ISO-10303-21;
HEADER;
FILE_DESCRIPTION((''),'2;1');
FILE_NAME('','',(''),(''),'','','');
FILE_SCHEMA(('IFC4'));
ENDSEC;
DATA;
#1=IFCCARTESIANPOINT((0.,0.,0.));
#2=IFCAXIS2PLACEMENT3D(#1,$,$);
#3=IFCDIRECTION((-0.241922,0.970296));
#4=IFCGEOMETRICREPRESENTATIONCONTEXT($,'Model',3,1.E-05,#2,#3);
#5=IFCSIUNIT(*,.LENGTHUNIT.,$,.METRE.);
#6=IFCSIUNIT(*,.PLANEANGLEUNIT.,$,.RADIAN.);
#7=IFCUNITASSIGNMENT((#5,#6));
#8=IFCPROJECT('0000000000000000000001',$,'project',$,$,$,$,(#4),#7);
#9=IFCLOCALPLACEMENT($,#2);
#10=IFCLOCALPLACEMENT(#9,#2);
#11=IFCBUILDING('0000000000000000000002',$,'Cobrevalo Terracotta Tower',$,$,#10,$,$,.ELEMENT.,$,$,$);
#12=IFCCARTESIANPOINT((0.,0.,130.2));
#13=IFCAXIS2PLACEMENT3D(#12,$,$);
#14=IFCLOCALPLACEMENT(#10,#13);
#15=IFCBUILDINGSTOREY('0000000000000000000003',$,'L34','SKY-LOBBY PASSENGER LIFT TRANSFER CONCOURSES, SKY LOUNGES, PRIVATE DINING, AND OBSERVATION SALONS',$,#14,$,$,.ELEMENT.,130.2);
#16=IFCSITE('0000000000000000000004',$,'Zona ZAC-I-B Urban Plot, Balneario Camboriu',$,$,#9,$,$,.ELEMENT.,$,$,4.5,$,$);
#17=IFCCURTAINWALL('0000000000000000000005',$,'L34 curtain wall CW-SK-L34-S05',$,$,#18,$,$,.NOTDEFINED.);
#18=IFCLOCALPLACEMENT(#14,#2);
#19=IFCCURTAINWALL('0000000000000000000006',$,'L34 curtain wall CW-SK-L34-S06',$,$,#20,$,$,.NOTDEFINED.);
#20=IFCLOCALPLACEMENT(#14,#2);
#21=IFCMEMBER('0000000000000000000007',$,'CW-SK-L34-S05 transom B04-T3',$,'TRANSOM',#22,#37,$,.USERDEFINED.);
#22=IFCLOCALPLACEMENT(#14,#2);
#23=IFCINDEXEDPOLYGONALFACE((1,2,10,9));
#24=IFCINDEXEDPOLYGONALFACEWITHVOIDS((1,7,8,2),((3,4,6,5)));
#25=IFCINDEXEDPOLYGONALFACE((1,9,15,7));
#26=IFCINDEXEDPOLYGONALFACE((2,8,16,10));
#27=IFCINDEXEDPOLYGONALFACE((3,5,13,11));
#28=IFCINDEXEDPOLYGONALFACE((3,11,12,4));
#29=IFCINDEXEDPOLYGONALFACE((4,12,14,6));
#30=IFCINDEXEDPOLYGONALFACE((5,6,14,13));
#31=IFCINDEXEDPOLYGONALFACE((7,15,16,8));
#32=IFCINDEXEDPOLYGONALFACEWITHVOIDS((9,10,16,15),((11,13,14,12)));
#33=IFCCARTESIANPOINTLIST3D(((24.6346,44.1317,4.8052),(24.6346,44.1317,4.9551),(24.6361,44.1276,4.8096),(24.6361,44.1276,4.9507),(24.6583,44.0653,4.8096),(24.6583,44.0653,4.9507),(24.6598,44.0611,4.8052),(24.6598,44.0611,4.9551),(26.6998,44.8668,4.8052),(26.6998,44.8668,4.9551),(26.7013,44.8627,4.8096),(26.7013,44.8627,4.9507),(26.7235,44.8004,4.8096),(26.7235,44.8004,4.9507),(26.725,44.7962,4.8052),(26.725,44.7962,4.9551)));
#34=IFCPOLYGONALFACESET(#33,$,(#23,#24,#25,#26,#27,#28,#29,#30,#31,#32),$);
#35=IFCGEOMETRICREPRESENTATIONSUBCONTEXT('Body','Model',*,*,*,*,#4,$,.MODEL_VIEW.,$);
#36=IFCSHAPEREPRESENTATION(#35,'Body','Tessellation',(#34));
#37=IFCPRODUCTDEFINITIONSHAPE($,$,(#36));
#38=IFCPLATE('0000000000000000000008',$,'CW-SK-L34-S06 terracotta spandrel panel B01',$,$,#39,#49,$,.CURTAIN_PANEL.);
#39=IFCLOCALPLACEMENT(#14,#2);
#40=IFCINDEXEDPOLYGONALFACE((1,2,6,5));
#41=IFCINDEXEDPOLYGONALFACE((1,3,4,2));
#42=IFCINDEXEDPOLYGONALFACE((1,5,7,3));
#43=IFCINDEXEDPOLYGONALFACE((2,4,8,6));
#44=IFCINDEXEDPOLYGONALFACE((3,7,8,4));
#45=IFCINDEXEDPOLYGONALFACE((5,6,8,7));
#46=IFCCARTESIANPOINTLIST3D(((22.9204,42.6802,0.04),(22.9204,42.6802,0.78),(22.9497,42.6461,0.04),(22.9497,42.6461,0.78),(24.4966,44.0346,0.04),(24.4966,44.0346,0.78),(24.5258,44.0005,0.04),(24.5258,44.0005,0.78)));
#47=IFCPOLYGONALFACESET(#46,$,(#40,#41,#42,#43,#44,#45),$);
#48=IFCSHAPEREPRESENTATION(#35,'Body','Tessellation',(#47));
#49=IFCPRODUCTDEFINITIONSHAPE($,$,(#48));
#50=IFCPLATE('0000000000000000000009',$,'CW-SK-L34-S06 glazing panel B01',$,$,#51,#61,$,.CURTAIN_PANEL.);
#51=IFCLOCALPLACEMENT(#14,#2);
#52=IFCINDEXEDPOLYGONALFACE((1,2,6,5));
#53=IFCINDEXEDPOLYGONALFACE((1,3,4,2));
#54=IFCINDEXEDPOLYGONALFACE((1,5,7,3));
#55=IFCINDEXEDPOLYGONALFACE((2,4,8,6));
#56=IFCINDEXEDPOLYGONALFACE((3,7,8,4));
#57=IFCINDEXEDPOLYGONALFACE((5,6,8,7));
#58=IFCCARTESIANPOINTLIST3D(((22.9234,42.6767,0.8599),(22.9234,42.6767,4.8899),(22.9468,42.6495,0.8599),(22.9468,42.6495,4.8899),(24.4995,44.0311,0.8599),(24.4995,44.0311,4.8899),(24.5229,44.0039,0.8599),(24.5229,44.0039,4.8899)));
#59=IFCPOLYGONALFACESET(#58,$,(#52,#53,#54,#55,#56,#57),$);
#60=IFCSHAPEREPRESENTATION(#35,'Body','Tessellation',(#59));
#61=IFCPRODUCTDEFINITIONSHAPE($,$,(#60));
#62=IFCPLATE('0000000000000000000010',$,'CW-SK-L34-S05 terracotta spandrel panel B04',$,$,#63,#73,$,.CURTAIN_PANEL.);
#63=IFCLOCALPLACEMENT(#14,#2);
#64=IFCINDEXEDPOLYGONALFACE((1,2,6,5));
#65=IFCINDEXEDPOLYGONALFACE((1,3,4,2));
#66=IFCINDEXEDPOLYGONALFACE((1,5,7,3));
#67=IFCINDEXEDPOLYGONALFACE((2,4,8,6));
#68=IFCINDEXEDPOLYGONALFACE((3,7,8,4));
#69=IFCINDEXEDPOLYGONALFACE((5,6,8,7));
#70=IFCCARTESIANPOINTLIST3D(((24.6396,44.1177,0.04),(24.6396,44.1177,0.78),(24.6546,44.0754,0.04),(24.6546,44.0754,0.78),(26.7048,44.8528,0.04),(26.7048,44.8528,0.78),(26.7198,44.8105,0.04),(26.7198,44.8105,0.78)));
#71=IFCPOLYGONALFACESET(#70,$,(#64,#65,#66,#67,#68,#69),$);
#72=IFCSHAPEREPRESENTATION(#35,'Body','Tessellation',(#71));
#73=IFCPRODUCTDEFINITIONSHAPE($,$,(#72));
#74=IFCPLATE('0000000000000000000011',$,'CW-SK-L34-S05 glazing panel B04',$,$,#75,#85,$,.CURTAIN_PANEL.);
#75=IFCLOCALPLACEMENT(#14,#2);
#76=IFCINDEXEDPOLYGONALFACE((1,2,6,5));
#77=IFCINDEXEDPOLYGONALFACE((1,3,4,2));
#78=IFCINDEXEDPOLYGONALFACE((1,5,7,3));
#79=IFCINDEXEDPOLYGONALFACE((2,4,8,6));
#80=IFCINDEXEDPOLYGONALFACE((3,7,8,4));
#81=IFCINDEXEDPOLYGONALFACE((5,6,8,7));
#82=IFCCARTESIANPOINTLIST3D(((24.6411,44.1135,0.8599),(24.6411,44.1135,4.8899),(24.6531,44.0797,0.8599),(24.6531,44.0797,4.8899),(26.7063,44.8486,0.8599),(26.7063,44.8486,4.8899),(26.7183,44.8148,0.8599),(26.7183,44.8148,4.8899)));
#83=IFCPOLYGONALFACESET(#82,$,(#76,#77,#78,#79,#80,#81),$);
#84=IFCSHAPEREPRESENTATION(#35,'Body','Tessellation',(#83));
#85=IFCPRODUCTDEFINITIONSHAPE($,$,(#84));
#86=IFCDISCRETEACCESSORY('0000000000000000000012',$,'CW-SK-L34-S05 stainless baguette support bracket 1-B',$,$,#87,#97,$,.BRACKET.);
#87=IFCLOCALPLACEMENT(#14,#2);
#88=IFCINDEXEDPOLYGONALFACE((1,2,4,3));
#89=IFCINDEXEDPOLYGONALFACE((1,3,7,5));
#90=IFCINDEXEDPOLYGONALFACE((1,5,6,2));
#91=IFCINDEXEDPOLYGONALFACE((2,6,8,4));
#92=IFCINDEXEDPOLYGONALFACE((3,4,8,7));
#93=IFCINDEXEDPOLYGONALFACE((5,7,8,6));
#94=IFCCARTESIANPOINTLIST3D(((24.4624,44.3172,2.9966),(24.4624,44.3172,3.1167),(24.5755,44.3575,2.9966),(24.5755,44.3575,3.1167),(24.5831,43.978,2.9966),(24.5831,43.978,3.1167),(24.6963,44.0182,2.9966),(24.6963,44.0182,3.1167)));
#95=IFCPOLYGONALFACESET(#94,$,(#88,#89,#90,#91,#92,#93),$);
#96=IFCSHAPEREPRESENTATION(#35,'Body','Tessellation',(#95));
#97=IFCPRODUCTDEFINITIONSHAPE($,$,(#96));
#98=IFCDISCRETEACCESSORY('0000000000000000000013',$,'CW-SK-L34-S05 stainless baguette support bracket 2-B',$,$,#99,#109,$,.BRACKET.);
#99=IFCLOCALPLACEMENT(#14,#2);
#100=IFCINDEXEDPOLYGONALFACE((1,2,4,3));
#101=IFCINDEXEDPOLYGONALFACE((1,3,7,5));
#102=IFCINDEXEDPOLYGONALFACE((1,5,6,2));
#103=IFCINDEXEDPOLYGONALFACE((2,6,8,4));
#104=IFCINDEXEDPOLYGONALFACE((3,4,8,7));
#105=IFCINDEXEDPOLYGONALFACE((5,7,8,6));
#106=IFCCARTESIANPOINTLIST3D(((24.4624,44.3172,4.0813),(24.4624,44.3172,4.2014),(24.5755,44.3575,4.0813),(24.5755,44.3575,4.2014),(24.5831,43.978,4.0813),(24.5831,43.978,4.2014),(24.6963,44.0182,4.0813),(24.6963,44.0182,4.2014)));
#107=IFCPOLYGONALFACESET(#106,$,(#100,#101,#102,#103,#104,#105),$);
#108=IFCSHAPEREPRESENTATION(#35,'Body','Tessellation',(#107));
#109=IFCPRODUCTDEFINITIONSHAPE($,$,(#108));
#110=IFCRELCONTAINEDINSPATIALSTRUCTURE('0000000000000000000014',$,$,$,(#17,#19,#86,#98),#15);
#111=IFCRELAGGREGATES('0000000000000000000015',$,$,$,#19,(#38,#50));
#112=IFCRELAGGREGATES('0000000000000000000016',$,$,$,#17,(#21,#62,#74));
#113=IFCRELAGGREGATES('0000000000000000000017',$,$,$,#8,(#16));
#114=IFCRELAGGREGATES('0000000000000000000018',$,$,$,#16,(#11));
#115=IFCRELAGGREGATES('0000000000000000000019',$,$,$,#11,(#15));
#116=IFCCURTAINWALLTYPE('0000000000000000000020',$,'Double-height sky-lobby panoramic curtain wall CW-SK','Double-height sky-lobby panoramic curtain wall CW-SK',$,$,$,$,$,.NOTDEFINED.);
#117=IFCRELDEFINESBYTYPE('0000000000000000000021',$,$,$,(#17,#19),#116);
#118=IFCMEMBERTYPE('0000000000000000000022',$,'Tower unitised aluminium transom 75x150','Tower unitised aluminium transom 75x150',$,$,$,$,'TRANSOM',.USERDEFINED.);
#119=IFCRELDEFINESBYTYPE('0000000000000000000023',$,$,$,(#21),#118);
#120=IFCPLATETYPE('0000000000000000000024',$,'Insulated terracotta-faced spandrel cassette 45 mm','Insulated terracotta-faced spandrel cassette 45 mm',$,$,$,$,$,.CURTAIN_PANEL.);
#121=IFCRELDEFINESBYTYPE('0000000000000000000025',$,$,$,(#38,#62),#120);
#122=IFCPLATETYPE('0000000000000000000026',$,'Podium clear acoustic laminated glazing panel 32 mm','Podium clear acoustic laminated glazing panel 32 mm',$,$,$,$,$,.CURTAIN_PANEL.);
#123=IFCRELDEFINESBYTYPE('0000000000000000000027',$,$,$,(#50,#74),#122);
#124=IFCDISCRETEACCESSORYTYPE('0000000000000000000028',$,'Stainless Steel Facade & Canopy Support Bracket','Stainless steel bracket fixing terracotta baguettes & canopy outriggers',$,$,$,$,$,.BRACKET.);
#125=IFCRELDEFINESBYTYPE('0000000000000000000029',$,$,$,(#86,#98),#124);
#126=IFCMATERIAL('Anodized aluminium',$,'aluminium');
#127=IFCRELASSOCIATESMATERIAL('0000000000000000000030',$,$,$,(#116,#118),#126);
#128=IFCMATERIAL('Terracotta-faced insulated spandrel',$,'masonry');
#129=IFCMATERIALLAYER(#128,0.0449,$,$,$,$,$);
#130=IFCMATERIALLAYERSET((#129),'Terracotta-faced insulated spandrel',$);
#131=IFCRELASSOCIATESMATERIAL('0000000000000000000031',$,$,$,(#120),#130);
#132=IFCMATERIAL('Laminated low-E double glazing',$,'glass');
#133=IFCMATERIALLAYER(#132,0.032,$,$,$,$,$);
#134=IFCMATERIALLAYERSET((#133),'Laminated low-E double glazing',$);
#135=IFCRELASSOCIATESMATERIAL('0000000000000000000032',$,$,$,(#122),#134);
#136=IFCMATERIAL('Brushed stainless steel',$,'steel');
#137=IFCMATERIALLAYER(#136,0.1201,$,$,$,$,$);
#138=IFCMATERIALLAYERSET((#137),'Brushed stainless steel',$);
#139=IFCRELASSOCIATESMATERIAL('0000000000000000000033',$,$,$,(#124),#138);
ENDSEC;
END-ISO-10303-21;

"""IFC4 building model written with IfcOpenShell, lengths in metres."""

from ifc_helpers import new_model, si_unit, direction, frame, origin, origin_2d, place, context, subcontext, project, spatial, rectangle, hollow_rectangle, extrude, source, transform, mapped, material, layer, layer_set, material_profile, profile_set, type_object, element, aggregate, save


model = new_model("IFC4")

# Units and contexts
model_context = context("Model", 3, precision=1e-05, world=origin(), true_north=direction((-0.241922, 0.970296)))
body_context = subcontext(model_context, "Body", "Model", "MODEL_VIEW")
ifc_project = project(units=[si_unit("LENGTHUNIT", "METRE"), si_unit("PLANEANGLEUNIT", "RADIAN")], contexts=[model_context])

# Site, building, storey
site_placement = place(None, origin())
site = spatial("IfcSite", under=ifc_project, at=site_placement, Name="Zona ZAC-I-B Urban Plot, Balneario Camboriu", CompositionType="ELEMENT", RefElevation=4.5)
building_placement = place(site_placement, origin())
building = spatial("IfcBuilding", under=site, at=building_placement, Name="Cobrevalo Terracotta Tower", CompositionType="ELEMENT")
storey_placement = place(building_placement, frame((0.0, 0.0, 130.2)))
storey = spatial("IfcBuildingStorey", under=building, at=storey_placement, Name="L34", Description="SKY-LOBBY PASSENGER LIFT TRANSFER CONCOURSES, SKY LOUNGES, PRIVATE DINING, AND OBSERVATION SALONS", CompositionType="ELEMENT", Elevation=130.2)

# Curtain walls
ifc_material_1 = material(Name="Anodized aluminium", Category="aluminium")
curtain_wall_type = type_object("IfcCurtainWallType", Name="Double-height sky-lobby panoramic curtain wall CW-SK", Description="Double-height sky-lobby panoramic curtain wall CW-SK", PredefinedType="NOTDEFINED", material=ifc_material_1)
curtain_wall_1_placement = place(storey_placement, origin())
curtain_wall_1 = element("IfcCurtainWall", 1, at=curtain_wall_1_placement, inside=storey, type_object=curtain_wall_type, Name="L34 curtain wall CW-SK-L34-S05", PredefinedType="NOTDEFINED")
curtain_wall_2_placement = place(storey_placement, origin())
curtain_wall_2 = element("IfcCurtainWall", 2, at=curtain_wall_2_placement, inside=storey, type_object=curtain_wall_type, Name="L34 curtain wall CW-SK-L34-S06", PredefinedType="NOTDEFINED")
ifc_material_profile_1 = material_profile(ifc_material_1, hollow_rectangle(XDim=0.075, YDim=0.1499, WallThickness=0.0044, at=origin_2d()), Name="CWT 75x150")
ifc_profile_set_1 = profile_set([ifc_material_profile_1], Name="Anodized aluminium")
member_type_1 = type_object("IfcMemberType", Name="Tower unitised aluminium transom 75x150", Description="Tower unitised aluminium transom 75x150", ElementType="TRANSOM", PredefinedType="USERDEFINED", material=ifc_profile_set_1)

# Member
shared_shape_1 = source(origin(), body_context, "Body", "SweptSolid", [
    extrude(hollow_rectangle(XDim=0.075, YDim=0.1499, WallThickness=0.0044, at=origin_2d()), origin(), (0.0, 0.0, 1.0), 2.1921),
])
member_1_placement = place(storey_placement, frame((26.7124, 44.8315, 4.8801), z_axis=(-0.942097, -0.335341, 0.0), x_axis=(0.335341, -0.942097, 0.0)))
member_1 = element("IfcMember", 3, at=member_1_placement, type_object=member_type_1, Name="CW-SK-L34-S05 transom B04-T3", ObjectType="TRANSOM", PredefinedType="USERDEFINED", context=body_context, shape_type="MappedRepresentation", body=[
    mapped(shared_shape_1, transform((0.0, 0.0, 0.0), scale=1.0)),
])

# Plates
ifc_material_2 = material(Name="Terracotta-faced insulated spandrel", Category="masonry")
ifc_layer_1 = layer(ifc_material_2, 0.0449)
ifc_layer_set_1 = layer_set([ifc_layer_1], Name="Terracotta-faced insulated spandrel")
plate_type_1 = type_object("IfcPlateType", Name="Insulated terracotta-faced spandrel cassette 45 mm", Description="Insulated terracotta-faced spandrel cassette 45 mm", PredefinedType="CURTAIN_PANEL", material=ifc_layer_set_1)
shared_shape_2 = source(origin(), body_context, "Body", "SweptSolid", [
    extrude(rectangle(XDim=2.0781, YDim=0.0449, at=origin_2d()), origin(), (0.0, 0.0, 1.0), 0.74),
])
plate_1_placement = place(storey_placement, frame((23.7231, 43.3403, 0.04), z_axis=(0.0, 0.0, 1.0), x_axis=(-0.758437, -0.651746, 0.0)))
plate_1 = element("IfcPlate", 4, at=plate_1_placement, type_object=plate_type_1, Name="CW-SK-L34-S06 terracotta spandrel panel B01", PredefinedType="CURTAIN_PANEL", context=body_context, shape_type="MappedRepresentation", body=[
    mapped(shared_shape_2, transform((0.0, 0.0, 0.0), scale=1.0)),
])
ifc_material_3 = material(Name="Laminated low-E double glazing", Category="glass")
ifc_layer_2 = layer(ifc_material_3, 0.032)
ifc_layer_set_2 = layer_set([ifc_layer_2], Name="Laminated low-E double glazing")
plate_type_2 = type_object("IfcPlateType", Name="Podium clear acoustic laminated glazing panel 32 mm", Description="Podium clear acoustic laminated glazing panel 32 mm", PredefinedType="CURTAIN_PANEL", material=ifc_layer_set_2)
shared_shape_3 = source(origin(), body_context, "Body", "SweptSolid", [
    extrude(rectangle(XDim=2.0781, YDim=0.0359, at=origin_2d()), origin(), (0.0, 0.0, 1.0), 4.03),
])
plate_2_placement = place(storey_placement, frame((23.7231, 43.3403, 0.8599), z_axis=(0.0, 0.0, 1.0), x_axis=(-0.758437, -0.651746, 0.0)))
plate_2 = element("IfcPlate", 5, at=plate_2_placement, type_object=plate_type_2, Name="CW-SK-L34-S06 glazing panel B01", PredefinedType="CURTAIN_PANEL", context=body_context, shape_type="MappedRepresentation", body=[
    mapped(shared_shape_3, transform((0.0, 0.0, 0.0), scale=1.0)),
])
aggregate(curtain_wall_2, [plate_1, plate_2])
shared_shape_4 = source(origin(), body_context, "Body", "SweptSolid", [
    extrude(rectangle(XDim=2.1921, YDim=0.0449, at=origin_2d()), origin(), (0.0, 0.0, 1.0), 0.74),
])
plate_3_placement = place(storey_placement, frame((25.6797, 44.4641, 0.04), z_axis=(0.0, 0.0, 1.0), x_axis=(-0.942098, -0.335336, 0.0)))
plate_3 = element("IfcPlate", 6, at=plate_3_placement, type_object=plate_type_1, Name="CW-SK-L34-S05 terracotta spandrel panel B04", PredefinedType="CURTAIN_PANEL", context=body_context, shape_type="MappedRepresentation", body=[
    mapped(shared_shape_4, transform((0.0, 0.0, 0.0), scale=1.0)),
])
shared_shape_5 = source(origin(), body_context, "Body", "SweptSolid", [
    extrude(rectangle(XDim=2.1921, YDim=0.0359, at=origin_2d()), origin(), (0.0, 0.0, 1.0), 4.03),
])
plate_4_placement = place(storey_placement, frame((25.6797, 44.4641, 0.8599), z_axis=(0.0, 0.0, 1.0), x_axis=(-0.942098, -0.335336, 0.0)))
plate_4 = element("IfcPlate", 7, at=plate_4_placement, type_object=plate_type_2, Name="CW-SK-L34-S05 glazing panel B04", PredefinedType="CURTAIN_PANEL", context=body_context, shape_type="MappedRepresentation", body=[
    mapped(shared_shape_5, transform((0.0, 0.0, 0.0), scale=1.0)),
])
aggregate(curtain_wall_1, [member_1, plate_3, plate_4])

# Discrete accessories
ifc_material_4 = material(Name="Brushed stainless steel", Category="steel")
ifc_layer_3 = layer(ifc_material_4, 0.1201)
ifc_layer_set_3 = layer_set([ifc_layer_3], Name="Brushed stainless steel")
discrete_accessory_type = type_object("IfcDiscreteAccessoryType", Name="Stainless Steel Facade & Canopy Support Bracket", Description="Stainless steel bracket fixing terracotta baguettes & canopy outriggers", PredefinedType="BRACKET", material=ifc_layer_set_3)
shared_shape_6 = source(origin(), body_context, "Body", "SweptSolid", [
    extrude(rectangle(XDim=0.1201, YDim=0.3601, at=origin_2d()), origin(), (0.0, 0.0, 1.0), 0.1201),
])
for number, where, z_axis, x_axis, name in (
    (8, (24.5793, 44.1677, 2.9966), (0.0, 0.0, 1.0), (-0.942098, -0.335336, 0.0), "CW-SK-L34-S05 stainless baguette support bracket 1-B"),
    (9, (24.5793, 44.1677, 4.0813), (0.0, 0.0, 1.0), (-0.942098, -0.335336, 0.0), "CW-SK-L34-S05 stainless baguette support bracket 2-B"),
):
    element("IfcDiscreteAccessory", number, at=place(storey_placement, frame(where, z_axis=z_axis, x_axis=x_axis)), inside=storey, type_object=discrete_accessory_type, Name=name, PredefinedType="BRACKET", context=body_context, shape_type="MappedRepresentation", body=[
        mapped(shared_shape_6, transform((0.0, 0.0, 0.0), scale=1.0)),
    ])

save(model, "model.ifc")
